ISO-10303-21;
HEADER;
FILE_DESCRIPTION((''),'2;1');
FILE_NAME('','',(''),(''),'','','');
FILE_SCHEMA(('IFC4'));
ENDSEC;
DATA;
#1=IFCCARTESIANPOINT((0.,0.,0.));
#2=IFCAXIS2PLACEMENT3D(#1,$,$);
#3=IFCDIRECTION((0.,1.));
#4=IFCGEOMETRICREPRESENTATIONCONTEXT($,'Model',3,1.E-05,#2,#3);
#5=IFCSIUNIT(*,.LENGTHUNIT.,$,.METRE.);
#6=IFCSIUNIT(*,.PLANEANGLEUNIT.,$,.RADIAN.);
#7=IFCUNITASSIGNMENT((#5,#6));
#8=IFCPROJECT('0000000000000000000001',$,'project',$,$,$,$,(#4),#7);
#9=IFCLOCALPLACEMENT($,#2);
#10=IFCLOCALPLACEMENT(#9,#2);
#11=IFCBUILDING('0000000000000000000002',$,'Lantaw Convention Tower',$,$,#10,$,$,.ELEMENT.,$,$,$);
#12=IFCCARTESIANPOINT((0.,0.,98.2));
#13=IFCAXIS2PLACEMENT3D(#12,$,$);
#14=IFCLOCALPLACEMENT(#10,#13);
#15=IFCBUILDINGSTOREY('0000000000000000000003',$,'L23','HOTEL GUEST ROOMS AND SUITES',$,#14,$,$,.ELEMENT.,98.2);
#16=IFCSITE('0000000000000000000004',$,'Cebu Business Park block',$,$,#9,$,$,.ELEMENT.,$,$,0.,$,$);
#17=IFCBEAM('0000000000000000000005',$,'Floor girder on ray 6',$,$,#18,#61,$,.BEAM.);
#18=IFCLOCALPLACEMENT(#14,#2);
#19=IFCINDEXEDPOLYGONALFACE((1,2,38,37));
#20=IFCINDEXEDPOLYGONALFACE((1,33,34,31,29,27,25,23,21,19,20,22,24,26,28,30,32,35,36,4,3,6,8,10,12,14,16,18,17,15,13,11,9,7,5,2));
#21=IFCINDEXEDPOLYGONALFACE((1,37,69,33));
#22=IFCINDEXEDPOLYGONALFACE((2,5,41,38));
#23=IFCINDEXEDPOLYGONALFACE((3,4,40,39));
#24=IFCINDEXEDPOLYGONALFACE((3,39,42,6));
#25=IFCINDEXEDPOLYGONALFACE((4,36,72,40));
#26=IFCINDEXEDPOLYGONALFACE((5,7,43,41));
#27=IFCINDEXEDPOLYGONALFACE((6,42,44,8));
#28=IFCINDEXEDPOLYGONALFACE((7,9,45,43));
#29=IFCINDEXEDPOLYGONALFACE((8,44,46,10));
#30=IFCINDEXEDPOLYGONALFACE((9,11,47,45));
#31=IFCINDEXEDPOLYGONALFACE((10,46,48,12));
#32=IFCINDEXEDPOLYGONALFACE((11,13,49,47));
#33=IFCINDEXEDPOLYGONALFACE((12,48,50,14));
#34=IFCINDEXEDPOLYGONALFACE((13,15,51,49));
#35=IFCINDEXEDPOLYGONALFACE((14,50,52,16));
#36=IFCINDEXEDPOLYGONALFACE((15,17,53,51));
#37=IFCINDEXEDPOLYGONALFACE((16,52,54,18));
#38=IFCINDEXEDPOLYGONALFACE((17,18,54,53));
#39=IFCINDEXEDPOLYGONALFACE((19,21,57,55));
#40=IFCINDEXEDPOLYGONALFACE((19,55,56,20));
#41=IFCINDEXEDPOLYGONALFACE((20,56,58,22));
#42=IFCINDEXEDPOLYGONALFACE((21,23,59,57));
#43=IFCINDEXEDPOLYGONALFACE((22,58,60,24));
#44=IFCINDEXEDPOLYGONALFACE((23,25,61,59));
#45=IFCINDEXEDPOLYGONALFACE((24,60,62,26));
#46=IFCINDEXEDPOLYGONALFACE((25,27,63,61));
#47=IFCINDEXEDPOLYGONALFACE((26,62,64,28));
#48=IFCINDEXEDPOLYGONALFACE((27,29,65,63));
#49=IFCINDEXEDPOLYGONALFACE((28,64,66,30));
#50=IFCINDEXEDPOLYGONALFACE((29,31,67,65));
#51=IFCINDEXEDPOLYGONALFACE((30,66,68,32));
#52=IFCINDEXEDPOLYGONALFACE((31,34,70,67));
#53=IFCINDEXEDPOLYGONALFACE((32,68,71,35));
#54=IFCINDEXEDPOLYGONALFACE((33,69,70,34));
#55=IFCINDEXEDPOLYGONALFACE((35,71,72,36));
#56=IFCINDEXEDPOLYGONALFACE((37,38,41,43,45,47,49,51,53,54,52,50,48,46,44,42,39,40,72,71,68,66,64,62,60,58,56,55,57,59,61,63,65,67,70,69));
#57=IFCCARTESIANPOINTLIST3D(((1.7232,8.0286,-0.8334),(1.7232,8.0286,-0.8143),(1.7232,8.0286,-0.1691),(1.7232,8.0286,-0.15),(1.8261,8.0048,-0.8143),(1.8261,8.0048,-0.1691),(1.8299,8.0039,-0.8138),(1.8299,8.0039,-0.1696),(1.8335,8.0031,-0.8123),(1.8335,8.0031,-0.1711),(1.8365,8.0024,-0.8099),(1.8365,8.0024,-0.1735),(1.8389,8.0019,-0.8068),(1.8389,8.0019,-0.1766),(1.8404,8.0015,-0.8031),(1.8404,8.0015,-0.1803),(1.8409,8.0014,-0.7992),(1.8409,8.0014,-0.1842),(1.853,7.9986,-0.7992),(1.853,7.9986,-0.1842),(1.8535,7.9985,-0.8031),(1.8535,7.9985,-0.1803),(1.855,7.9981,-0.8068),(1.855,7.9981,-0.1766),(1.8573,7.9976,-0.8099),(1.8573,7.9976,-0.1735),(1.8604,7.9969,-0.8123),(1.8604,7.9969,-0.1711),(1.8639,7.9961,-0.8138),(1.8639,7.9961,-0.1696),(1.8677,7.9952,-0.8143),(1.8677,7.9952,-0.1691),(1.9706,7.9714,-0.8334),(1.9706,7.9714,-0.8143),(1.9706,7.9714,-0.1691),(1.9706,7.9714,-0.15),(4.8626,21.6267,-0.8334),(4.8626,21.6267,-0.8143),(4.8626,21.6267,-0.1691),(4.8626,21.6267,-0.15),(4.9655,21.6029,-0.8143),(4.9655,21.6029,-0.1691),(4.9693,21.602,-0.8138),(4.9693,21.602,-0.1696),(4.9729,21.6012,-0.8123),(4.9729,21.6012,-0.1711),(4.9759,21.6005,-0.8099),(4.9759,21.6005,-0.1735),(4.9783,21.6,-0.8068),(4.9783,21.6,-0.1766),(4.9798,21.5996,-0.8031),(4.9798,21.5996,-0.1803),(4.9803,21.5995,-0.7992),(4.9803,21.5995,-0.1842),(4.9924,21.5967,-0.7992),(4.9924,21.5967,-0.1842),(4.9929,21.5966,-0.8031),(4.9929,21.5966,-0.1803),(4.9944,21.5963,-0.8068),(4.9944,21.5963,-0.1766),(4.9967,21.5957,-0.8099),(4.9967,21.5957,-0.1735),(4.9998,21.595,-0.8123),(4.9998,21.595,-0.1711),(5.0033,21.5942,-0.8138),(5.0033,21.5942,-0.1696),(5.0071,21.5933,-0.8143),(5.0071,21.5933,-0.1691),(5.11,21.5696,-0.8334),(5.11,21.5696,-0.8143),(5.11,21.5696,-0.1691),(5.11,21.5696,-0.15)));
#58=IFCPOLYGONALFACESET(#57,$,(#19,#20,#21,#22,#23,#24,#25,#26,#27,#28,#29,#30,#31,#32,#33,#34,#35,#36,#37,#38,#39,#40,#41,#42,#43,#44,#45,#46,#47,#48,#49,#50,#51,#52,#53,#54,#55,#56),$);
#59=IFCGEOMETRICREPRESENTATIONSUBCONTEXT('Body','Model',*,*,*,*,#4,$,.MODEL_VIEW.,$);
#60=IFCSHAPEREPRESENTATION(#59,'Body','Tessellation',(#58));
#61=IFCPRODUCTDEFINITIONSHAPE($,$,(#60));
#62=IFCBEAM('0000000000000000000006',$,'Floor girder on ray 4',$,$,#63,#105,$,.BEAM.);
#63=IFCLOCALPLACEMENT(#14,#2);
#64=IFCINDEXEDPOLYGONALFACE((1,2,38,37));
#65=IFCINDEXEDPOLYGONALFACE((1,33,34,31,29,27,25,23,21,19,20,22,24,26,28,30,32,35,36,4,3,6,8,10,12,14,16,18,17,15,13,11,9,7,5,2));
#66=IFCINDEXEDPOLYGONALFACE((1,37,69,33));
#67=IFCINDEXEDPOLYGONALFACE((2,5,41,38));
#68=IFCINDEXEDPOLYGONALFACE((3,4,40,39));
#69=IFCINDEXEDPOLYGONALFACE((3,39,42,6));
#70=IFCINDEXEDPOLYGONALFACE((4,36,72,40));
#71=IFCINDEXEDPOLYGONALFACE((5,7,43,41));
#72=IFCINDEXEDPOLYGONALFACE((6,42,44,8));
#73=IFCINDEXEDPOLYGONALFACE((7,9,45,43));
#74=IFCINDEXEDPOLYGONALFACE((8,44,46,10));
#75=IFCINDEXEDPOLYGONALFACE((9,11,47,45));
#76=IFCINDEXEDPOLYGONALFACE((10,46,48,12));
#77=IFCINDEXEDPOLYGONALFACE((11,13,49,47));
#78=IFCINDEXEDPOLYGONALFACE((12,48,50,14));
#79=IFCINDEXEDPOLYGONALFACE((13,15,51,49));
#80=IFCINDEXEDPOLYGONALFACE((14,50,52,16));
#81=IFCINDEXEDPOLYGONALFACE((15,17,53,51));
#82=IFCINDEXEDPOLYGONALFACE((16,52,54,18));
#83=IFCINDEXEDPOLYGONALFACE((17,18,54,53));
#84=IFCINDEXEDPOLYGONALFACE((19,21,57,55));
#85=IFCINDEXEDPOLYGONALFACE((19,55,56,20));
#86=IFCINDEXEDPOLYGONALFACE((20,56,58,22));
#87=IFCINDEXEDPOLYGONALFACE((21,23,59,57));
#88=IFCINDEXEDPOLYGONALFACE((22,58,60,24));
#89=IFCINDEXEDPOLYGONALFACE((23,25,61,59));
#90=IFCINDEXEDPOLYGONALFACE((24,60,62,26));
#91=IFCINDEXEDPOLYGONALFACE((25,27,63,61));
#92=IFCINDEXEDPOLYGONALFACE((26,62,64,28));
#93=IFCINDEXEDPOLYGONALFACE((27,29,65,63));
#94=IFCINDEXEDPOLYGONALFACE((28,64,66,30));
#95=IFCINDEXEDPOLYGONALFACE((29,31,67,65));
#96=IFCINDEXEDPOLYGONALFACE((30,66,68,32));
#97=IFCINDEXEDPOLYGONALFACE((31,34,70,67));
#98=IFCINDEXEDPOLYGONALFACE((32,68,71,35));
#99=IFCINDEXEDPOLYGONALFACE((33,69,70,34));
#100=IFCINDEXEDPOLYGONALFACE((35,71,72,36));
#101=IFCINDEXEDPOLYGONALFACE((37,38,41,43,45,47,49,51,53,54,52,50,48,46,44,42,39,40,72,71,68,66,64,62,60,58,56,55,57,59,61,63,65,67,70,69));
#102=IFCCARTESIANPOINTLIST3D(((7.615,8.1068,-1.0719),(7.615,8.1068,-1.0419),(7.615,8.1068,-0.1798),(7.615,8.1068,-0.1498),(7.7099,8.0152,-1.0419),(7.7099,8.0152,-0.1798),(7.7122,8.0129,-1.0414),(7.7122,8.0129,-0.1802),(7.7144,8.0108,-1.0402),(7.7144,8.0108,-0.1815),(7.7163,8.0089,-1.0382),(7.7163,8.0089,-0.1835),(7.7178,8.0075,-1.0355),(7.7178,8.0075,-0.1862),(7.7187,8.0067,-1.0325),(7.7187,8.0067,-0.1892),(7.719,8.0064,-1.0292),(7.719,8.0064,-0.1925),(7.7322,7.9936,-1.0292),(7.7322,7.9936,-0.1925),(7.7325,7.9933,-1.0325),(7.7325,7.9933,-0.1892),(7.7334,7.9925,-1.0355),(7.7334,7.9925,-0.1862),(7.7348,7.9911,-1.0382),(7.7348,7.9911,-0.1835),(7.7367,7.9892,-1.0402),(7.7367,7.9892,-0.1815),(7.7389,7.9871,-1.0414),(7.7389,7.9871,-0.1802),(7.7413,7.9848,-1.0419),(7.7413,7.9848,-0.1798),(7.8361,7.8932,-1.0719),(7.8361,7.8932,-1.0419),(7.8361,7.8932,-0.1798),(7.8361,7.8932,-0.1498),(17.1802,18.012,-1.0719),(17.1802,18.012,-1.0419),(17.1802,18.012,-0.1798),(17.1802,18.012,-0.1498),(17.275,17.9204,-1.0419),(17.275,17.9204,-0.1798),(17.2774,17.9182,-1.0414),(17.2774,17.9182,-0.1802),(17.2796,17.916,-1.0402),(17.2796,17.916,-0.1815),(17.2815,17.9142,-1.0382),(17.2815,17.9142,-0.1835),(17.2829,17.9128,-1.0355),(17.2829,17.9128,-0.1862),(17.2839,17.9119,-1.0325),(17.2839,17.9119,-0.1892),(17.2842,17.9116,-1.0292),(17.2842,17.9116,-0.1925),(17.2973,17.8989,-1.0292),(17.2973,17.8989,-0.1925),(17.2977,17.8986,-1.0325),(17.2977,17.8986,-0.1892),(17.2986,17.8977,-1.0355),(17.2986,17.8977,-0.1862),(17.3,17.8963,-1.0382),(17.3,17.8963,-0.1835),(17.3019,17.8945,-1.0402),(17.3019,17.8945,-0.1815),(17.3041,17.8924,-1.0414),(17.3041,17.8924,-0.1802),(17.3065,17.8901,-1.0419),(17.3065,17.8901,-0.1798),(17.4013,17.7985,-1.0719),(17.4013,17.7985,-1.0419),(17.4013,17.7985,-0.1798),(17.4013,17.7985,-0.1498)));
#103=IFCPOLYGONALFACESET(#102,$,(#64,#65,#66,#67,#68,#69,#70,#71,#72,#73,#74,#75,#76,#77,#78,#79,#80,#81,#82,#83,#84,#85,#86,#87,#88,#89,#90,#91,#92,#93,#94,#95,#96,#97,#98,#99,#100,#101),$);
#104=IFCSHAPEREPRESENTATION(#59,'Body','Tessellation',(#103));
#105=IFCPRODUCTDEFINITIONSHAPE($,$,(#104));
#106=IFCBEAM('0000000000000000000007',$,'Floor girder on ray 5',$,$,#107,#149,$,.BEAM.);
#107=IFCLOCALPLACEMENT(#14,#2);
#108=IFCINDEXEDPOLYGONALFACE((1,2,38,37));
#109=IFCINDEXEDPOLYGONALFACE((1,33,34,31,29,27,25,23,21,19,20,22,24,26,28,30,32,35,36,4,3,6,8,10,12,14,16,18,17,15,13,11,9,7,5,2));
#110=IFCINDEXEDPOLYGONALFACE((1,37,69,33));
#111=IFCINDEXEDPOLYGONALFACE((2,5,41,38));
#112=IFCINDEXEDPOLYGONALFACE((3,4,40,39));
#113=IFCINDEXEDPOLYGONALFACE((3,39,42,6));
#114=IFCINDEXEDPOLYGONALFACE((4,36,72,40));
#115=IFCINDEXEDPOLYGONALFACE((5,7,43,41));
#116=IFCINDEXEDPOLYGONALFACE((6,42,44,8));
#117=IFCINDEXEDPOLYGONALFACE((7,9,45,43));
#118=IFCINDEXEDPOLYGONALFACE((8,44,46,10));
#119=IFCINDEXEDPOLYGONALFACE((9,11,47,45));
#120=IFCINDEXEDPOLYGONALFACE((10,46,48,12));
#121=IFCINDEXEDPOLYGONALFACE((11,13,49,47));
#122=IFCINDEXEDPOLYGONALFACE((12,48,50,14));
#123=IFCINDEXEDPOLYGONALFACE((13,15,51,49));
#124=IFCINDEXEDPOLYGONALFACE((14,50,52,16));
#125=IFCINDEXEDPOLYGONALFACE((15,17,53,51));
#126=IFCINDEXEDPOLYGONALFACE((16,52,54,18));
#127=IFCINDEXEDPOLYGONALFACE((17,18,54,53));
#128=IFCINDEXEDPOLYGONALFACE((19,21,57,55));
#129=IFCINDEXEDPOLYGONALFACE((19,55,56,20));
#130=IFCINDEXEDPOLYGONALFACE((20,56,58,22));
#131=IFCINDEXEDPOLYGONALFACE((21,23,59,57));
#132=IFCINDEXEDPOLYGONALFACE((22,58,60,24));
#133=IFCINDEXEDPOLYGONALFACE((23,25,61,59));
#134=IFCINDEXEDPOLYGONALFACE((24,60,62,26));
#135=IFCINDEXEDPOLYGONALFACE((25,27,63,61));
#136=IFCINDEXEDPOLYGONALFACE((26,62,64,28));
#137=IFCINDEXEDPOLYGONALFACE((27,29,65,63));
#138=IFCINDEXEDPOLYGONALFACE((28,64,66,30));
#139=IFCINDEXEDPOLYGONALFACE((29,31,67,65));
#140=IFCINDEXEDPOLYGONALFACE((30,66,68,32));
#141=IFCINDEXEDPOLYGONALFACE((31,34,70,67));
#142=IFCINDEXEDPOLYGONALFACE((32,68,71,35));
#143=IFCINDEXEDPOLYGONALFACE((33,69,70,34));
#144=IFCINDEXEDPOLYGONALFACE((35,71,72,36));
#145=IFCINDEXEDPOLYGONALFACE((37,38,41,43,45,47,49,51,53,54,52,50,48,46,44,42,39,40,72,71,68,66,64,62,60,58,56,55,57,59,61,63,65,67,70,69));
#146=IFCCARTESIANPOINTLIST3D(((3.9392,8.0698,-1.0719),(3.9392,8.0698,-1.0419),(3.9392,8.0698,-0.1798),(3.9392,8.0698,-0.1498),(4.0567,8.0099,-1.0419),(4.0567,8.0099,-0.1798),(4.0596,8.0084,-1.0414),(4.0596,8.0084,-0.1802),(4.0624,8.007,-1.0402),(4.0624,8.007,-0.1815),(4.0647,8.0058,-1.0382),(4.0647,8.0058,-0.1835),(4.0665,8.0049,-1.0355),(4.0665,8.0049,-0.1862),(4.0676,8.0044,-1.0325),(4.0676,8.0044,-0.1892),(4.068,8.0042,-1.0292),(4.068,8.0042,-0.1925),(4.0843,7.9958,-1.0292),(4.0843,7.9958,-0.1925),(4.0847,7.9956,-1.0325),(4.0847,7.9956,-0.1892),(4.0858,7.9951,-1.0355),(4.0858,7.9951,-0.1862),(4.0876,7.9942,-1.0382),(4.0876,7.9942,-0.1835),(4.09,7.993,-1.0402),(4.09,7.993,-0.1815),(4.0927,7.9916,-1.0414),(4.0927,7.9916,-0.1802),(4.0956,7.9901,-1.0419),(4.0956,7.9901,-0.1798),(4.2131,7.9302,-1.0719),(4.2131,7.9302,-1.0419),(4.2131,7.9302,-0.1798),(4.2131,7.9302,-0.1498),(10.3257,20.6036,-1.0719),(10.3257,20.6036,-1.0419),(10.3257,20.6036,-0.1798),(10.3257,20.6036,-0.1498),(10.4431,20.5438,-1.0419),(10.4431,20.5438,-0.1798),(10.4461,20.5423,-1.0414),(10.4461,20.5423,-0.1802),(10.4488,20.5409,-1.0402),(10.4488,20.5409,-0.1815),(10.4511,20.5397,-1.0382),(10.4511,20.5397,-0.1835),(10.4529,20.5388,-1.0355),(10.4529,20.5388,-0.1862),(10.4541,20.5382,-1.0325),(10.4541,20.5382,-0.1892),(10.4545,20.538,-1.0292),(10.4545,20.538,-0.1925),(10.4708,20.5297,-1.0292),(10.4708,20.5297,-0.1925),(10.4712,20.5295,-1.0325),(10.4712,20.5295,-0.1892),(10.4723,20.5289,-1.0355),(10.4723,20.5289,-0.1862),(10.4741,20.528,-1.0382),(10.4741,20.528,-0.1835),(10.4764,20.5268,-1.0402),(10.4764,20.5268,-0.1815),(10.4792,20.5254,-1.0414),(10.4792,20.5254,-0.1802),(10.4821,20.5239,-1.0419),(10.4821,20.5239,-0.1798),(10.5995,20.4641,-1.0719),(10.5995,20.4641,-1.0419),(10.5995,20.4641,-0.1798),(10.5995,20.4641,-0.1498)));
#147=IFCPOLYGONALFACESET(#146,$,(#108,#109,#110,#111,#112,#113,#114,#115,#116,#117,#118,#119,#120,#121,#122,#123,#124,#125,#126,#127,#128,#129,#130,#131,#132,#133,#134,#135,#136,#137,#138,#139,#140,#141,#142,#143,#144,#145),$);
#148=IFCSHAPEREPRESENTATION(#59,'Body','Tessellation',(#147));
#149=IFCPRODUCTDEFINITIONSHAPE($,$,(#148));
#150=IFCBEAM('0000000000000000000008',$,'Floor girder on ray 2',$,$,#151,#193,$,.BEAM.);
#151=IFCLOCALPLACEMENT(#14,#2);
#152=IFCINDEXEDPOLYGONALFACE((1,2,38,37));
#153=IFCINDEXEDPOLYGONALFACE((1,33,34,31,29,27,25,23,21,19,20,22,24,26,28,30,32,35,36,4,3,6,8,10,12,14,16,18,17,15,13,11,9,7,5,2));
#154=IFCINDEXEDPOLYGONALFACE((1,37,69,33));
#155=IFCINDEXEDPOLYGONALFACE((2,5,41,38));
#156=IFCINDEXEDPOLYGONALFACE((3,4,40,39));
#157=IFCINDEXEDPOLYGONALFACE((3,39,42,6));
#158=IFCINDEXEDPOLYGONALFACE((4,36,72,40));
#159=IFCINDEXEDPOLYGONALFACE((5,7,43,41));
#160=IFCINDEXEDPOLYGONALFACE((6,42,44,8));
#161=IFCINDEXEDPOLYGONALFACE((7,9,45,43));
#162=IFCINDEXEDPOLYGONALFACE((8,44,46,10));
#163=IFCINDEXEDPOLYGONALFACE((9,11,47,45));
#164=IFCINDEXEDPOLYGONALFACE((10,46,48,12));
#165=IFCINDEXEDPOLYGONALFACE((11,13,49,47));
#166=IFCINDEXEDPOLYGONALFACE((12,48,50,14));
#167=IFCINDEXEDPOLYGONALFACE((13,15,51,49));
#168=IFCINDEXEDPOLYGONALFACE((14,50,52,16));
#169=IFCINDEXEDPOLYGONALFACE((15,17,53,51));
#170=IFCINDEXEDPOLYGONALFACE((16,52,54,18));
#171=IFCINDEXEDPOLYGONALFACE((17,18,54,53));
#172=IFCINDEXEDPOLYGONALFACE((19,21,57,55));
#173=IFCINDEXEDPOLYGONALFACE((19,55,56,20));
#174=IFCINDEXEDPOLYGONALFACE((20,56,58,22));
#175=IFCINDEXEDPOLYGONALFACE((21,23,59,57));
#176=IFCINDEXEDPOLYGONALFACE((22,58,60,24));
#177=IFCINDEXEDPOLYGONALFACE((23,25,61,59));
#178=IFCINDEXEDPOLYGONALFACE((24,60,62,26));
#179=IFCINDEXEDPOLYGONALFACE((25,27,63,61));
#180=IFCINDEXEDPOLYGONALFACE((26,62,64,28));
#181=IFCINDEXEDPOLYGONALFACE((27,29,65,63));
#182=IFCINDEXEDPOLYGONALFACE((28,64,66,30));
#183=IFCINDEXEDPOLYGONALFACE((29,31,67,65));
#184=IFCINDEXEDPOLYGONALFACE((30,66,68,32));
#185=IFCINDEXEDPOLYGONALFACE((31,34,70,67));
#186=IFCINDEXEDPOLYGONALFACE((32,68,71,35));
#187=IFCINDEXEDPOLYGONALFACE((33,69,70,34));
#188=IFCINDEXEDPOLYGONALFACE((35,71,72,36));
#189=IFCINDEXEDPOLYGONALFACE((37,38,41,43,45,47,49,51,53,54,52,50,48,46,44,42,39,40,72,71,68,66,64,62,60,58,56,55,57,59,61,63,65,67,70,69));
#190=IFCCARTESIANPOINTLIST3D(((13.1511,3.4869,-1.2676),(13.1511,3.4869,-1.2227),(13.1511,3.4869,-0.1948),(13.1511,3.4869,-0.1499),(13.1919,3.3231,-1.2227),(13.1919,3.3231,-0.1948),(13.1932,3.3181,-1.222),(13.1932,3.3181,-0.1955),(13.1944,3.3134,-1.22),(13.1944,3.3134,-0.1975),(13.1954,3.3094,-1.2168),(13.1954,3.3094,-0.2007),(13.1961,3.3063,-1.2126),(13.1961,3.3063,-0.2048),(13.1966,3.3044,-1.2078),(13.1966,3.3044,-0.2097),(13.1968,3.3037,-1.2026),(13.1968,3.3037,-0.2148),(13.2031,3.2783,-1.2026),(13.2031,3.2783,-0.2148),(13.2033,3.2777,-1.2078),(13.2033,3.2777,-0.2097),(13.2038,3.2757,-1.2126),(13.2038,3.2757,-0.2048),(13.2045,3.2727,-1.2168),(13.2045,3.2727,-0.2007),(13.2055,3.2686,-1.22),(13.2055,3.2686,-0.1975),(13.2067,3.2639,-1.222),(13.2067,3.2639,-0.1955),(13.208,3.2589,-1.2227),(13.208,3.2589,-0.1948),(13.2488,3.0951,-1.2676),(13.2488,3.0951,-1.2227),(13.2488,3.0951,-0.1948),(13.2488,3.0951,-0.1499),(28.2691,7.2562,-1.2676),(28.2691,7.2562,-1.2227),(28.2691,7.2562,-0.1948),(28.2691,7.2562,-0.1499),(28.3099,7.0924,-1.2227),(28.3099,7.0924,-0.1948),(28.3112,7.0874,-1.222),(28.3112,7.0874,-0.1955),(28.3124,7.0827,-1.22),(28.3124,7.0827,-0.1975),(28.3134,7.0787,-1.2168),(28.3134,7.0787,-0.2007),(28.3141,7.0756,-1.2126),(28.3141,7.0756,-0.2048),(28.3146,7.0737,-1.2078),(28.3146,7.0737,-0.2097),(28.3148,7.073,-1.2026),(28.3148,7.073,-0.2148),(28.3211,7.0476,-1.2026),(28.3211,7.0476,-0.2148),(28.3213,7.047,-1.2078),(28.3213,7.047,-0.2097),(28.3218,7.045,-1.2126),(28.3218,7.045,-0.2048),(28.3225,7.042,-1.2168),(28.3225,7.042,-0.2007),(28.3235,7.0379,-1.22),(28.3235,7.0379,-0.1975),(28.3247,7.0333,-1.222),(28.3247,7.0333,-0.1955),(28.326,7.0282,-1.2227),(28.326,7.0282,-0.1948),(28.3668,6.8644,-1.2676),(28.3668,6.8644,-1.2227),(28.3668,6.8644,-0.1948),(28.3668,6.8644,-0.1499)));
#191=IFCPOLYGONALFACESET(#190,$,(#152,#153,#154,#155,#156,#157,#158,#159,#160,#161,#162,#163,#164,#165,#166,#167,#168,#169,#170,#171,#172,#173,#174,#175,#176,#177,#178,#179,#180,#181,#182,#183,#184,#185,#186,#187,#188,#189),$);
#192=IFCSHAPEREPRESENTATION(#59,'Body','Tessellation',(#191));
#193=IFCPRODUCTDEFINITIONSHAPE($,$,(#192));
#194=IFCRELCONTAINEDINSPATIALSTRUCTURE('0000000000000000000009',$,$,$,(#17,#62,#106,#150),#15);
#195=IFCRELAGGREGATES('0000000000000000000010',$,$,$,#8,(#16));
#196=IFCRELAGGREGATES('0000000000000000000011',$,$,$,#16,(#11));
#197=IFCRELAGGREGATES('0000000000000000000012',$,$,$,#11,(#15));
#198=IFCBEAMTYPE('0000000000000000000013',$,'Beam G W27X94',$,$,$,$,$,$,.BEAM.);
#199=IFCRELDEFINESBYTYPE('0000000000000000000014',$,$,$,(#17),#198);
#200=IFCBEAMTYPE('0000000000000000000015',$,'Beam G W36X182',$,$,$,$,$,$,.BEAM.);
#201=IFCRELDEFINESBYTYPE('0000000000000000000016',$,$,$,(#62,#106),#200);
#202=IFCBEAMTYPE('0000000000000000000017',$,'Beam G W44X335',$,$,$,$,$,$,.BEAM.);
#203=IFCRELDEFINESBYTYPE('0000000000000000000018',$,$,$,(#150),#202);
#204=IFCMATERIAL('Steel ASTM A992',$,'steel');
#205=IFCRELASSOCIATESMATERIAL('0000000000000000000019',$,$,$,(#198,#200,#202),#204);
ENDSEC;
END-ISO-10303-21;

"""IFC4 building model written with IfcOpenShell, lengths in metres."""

from ifc_helpers import new_model, si_unit, direction, frame, origin, origin_2d, place, context, subcontext, project, spatial, i_section, extrude, material, material_profile, profile_set, type_object, element, save


model = new_model("IFC4")

# Units and contexts
model_context = context("Model", 3, precision=1e-05, world=origin(), true_north=direction((0.0, 1.0)))
body_context = subcontext(model_context, "Body", "Model", "MODEL_VIEW")
ifc_project = project(units=[si_unit("LENGTHUNIT", "METRE"), si_unit("PLANEANGLEUNIT", "RADIAN")], contexts=[model_context])

# Site, building, storey
site_placement = place(None, origin())
site = spatial("IfcSite", under=ifc_project, at=site_placement, Name="Cebu Business Park block", CompositionType="ELEMENT", RefElevation=0.0)
building_placement = place(site_placement, origin())
building = spatial("IfcBuilding", under=site, at=building_placement, Name="Lantaw Convention Tower", CompositionType="ELEMENT")
storey_placement = place(building_placement, frame((0.0, 0.0, 98.2)))
storey = spatial("IfcBuildingStorey", under=building, at=storey_placement, Name="L23", Description="HOTEL GUEST ROOMS AND SUITES", CompositionType="ELEMENT", Elevation=98.2)

# Beams
ifc_material_1 = material(Name="Steel ASTM A992", Category="steel")
ifc_material_profile_1 = material_profile(ifc_material_1, i_section(OverallWidth=0.2539, OverallDepth=0.6833, WebThickness=0.0125, FlangeThickness=0.019, FilletRadius=0.0151, at=origin_2d()), Name="W27X94")
ifc_profile_set_1 = profile_set([ifc_material_profile_1], Name="Steel ASTM A992")
beam_type_1 = type_object("IfcBeamType", Name="Beam G W27X94", PredefinedType="BEAM", material=ifc_profile_set_1)
beam_1_placement = place(storey_placement, frame((1.8469, 8.0, -0.4917), z_axis=(0.224953, 0.97437, 0.0), x_axis=(-0.97437, 0.224953, 0.0)))
element("IfcBeam", 1, at=beam_1_placement, inside=storey, type_object=beam_type_1, Name="Floor girder on ray 6", PredefinedType="BEAM", context=body_context, shape_type="SweptSolid", body=[
    extrude(i_section(OverallWidth=0.2539, OverallDepth=0.6833, WebThickness=0.0125, FlangeThickness=0.019, FilletRadius=0.0151, at=origin_2d()), origin(), (0.0, 0.0, 1.0), 13.9558),
])
ifc_material_profile_2 = material_profile(ifc_material_1, i_section(OverallWidth=0.3074, OverallDepth=0.9221, WebThickness=0.0183, FlangeThickness=0.03, FilletRadius=0.0127, at=origin_2d()), Name="W36X182")
ifc_profile_set_2 = profile_set([ifc_material_profile_2], Name="Steel ASTM A992")
beam_type_2 = type_object("IfcBeamType", Name="Beam G W36X182", PredefinedType="BEAM", material=ifc_profile_set_2)
beam_2_placement = place(storey_placement, frame((7.7256, 8.0, -0.6108), z_axis=(0.69465, 0.719348, 0.0), x_axis=(-0.719348, 0.69465, 0.0)))
element("IfcBeam", 2, at=beam_2_placement, inside=storey, type_object=beam_type_2, Name="Floor girder on ray 4", PredefinedType="BEAM", context=body_context, shape_type="SweptSolid", body=[
    extrude(i_section(OverallWidth=0.3074, OverallDepth=0.9221, WebThickness=0.0183, FlangeThickness=0.03, FilletRadius=0.0127, at=origin_2d()), origin(), (0.0, 0.0, 1.0), 13.7698),
])
beam_3_placement = place(storey_placement, frame((4.0762, 8.0, -0.6108), z_axis=(0.453997, 0.891003, 0.0), x_axis=(-0.891003, 0.453997, 0.0)))
element("IfcBeam", 3, at=beam_3_placement, inside=storey, type_object=beam_type_2, Name="Floor girder on ray 5", PredefinedType="BEAM", context=body_context, shape_type="SweptSolid", body=[
    extrude(i_section(OverallWidth=0.3074, OverallDepth=0.9221, WebThickness=0.0183, FlangeThickness=0.03, FilletRadius=0.0127, at=origin_2d()), origin(), (0.0, 0.0, 1.0), 14.0671),
])
ifc_material_profile_3 = material_profile(ifc_material_1, i_section(OverallWidth=0.4038, OverallDepth=1.1177, WebThickness=0.0261, FlangeThickness=0.0449, FilletRadius=0.02, at=origin_2d()), Name="W44X335")
ifc_profile_set_3 = profile_set([ifc_material_profile_3], Name="Steel ASTM A992")
beam_type_3 = type_object("IfcBeamType", Name="Beam G W44X335", PredefinedType="BEAM", material=ifc_profile_set_3)
beam_4_placement = place(storey_placement, frame((13.2, 3.291, -0.7087), z_axis=(0.970296, 0.24192, 0.0), x_axis=(-0.24192, 0.970296, 0.0)))
element("IfcBeam", 4, at=beam_4_placement, inside=storey, type_object=beam_type_3, Name="Floor girder on ray 2", PredefinedType="BEAM", context=body_context, shape_type="SweptSolid", body=[
    extrude(i_section(OverallWidth=0.4038, OverallDepth=1.1177, WebThickness=0.0261, FlangeThickness=0.0449, FilletRadius=0.02, at=origin_2d()), origin(), (0.0, 0.0, 1.0), 15.5808),
])

save(model, "model.ifc")
